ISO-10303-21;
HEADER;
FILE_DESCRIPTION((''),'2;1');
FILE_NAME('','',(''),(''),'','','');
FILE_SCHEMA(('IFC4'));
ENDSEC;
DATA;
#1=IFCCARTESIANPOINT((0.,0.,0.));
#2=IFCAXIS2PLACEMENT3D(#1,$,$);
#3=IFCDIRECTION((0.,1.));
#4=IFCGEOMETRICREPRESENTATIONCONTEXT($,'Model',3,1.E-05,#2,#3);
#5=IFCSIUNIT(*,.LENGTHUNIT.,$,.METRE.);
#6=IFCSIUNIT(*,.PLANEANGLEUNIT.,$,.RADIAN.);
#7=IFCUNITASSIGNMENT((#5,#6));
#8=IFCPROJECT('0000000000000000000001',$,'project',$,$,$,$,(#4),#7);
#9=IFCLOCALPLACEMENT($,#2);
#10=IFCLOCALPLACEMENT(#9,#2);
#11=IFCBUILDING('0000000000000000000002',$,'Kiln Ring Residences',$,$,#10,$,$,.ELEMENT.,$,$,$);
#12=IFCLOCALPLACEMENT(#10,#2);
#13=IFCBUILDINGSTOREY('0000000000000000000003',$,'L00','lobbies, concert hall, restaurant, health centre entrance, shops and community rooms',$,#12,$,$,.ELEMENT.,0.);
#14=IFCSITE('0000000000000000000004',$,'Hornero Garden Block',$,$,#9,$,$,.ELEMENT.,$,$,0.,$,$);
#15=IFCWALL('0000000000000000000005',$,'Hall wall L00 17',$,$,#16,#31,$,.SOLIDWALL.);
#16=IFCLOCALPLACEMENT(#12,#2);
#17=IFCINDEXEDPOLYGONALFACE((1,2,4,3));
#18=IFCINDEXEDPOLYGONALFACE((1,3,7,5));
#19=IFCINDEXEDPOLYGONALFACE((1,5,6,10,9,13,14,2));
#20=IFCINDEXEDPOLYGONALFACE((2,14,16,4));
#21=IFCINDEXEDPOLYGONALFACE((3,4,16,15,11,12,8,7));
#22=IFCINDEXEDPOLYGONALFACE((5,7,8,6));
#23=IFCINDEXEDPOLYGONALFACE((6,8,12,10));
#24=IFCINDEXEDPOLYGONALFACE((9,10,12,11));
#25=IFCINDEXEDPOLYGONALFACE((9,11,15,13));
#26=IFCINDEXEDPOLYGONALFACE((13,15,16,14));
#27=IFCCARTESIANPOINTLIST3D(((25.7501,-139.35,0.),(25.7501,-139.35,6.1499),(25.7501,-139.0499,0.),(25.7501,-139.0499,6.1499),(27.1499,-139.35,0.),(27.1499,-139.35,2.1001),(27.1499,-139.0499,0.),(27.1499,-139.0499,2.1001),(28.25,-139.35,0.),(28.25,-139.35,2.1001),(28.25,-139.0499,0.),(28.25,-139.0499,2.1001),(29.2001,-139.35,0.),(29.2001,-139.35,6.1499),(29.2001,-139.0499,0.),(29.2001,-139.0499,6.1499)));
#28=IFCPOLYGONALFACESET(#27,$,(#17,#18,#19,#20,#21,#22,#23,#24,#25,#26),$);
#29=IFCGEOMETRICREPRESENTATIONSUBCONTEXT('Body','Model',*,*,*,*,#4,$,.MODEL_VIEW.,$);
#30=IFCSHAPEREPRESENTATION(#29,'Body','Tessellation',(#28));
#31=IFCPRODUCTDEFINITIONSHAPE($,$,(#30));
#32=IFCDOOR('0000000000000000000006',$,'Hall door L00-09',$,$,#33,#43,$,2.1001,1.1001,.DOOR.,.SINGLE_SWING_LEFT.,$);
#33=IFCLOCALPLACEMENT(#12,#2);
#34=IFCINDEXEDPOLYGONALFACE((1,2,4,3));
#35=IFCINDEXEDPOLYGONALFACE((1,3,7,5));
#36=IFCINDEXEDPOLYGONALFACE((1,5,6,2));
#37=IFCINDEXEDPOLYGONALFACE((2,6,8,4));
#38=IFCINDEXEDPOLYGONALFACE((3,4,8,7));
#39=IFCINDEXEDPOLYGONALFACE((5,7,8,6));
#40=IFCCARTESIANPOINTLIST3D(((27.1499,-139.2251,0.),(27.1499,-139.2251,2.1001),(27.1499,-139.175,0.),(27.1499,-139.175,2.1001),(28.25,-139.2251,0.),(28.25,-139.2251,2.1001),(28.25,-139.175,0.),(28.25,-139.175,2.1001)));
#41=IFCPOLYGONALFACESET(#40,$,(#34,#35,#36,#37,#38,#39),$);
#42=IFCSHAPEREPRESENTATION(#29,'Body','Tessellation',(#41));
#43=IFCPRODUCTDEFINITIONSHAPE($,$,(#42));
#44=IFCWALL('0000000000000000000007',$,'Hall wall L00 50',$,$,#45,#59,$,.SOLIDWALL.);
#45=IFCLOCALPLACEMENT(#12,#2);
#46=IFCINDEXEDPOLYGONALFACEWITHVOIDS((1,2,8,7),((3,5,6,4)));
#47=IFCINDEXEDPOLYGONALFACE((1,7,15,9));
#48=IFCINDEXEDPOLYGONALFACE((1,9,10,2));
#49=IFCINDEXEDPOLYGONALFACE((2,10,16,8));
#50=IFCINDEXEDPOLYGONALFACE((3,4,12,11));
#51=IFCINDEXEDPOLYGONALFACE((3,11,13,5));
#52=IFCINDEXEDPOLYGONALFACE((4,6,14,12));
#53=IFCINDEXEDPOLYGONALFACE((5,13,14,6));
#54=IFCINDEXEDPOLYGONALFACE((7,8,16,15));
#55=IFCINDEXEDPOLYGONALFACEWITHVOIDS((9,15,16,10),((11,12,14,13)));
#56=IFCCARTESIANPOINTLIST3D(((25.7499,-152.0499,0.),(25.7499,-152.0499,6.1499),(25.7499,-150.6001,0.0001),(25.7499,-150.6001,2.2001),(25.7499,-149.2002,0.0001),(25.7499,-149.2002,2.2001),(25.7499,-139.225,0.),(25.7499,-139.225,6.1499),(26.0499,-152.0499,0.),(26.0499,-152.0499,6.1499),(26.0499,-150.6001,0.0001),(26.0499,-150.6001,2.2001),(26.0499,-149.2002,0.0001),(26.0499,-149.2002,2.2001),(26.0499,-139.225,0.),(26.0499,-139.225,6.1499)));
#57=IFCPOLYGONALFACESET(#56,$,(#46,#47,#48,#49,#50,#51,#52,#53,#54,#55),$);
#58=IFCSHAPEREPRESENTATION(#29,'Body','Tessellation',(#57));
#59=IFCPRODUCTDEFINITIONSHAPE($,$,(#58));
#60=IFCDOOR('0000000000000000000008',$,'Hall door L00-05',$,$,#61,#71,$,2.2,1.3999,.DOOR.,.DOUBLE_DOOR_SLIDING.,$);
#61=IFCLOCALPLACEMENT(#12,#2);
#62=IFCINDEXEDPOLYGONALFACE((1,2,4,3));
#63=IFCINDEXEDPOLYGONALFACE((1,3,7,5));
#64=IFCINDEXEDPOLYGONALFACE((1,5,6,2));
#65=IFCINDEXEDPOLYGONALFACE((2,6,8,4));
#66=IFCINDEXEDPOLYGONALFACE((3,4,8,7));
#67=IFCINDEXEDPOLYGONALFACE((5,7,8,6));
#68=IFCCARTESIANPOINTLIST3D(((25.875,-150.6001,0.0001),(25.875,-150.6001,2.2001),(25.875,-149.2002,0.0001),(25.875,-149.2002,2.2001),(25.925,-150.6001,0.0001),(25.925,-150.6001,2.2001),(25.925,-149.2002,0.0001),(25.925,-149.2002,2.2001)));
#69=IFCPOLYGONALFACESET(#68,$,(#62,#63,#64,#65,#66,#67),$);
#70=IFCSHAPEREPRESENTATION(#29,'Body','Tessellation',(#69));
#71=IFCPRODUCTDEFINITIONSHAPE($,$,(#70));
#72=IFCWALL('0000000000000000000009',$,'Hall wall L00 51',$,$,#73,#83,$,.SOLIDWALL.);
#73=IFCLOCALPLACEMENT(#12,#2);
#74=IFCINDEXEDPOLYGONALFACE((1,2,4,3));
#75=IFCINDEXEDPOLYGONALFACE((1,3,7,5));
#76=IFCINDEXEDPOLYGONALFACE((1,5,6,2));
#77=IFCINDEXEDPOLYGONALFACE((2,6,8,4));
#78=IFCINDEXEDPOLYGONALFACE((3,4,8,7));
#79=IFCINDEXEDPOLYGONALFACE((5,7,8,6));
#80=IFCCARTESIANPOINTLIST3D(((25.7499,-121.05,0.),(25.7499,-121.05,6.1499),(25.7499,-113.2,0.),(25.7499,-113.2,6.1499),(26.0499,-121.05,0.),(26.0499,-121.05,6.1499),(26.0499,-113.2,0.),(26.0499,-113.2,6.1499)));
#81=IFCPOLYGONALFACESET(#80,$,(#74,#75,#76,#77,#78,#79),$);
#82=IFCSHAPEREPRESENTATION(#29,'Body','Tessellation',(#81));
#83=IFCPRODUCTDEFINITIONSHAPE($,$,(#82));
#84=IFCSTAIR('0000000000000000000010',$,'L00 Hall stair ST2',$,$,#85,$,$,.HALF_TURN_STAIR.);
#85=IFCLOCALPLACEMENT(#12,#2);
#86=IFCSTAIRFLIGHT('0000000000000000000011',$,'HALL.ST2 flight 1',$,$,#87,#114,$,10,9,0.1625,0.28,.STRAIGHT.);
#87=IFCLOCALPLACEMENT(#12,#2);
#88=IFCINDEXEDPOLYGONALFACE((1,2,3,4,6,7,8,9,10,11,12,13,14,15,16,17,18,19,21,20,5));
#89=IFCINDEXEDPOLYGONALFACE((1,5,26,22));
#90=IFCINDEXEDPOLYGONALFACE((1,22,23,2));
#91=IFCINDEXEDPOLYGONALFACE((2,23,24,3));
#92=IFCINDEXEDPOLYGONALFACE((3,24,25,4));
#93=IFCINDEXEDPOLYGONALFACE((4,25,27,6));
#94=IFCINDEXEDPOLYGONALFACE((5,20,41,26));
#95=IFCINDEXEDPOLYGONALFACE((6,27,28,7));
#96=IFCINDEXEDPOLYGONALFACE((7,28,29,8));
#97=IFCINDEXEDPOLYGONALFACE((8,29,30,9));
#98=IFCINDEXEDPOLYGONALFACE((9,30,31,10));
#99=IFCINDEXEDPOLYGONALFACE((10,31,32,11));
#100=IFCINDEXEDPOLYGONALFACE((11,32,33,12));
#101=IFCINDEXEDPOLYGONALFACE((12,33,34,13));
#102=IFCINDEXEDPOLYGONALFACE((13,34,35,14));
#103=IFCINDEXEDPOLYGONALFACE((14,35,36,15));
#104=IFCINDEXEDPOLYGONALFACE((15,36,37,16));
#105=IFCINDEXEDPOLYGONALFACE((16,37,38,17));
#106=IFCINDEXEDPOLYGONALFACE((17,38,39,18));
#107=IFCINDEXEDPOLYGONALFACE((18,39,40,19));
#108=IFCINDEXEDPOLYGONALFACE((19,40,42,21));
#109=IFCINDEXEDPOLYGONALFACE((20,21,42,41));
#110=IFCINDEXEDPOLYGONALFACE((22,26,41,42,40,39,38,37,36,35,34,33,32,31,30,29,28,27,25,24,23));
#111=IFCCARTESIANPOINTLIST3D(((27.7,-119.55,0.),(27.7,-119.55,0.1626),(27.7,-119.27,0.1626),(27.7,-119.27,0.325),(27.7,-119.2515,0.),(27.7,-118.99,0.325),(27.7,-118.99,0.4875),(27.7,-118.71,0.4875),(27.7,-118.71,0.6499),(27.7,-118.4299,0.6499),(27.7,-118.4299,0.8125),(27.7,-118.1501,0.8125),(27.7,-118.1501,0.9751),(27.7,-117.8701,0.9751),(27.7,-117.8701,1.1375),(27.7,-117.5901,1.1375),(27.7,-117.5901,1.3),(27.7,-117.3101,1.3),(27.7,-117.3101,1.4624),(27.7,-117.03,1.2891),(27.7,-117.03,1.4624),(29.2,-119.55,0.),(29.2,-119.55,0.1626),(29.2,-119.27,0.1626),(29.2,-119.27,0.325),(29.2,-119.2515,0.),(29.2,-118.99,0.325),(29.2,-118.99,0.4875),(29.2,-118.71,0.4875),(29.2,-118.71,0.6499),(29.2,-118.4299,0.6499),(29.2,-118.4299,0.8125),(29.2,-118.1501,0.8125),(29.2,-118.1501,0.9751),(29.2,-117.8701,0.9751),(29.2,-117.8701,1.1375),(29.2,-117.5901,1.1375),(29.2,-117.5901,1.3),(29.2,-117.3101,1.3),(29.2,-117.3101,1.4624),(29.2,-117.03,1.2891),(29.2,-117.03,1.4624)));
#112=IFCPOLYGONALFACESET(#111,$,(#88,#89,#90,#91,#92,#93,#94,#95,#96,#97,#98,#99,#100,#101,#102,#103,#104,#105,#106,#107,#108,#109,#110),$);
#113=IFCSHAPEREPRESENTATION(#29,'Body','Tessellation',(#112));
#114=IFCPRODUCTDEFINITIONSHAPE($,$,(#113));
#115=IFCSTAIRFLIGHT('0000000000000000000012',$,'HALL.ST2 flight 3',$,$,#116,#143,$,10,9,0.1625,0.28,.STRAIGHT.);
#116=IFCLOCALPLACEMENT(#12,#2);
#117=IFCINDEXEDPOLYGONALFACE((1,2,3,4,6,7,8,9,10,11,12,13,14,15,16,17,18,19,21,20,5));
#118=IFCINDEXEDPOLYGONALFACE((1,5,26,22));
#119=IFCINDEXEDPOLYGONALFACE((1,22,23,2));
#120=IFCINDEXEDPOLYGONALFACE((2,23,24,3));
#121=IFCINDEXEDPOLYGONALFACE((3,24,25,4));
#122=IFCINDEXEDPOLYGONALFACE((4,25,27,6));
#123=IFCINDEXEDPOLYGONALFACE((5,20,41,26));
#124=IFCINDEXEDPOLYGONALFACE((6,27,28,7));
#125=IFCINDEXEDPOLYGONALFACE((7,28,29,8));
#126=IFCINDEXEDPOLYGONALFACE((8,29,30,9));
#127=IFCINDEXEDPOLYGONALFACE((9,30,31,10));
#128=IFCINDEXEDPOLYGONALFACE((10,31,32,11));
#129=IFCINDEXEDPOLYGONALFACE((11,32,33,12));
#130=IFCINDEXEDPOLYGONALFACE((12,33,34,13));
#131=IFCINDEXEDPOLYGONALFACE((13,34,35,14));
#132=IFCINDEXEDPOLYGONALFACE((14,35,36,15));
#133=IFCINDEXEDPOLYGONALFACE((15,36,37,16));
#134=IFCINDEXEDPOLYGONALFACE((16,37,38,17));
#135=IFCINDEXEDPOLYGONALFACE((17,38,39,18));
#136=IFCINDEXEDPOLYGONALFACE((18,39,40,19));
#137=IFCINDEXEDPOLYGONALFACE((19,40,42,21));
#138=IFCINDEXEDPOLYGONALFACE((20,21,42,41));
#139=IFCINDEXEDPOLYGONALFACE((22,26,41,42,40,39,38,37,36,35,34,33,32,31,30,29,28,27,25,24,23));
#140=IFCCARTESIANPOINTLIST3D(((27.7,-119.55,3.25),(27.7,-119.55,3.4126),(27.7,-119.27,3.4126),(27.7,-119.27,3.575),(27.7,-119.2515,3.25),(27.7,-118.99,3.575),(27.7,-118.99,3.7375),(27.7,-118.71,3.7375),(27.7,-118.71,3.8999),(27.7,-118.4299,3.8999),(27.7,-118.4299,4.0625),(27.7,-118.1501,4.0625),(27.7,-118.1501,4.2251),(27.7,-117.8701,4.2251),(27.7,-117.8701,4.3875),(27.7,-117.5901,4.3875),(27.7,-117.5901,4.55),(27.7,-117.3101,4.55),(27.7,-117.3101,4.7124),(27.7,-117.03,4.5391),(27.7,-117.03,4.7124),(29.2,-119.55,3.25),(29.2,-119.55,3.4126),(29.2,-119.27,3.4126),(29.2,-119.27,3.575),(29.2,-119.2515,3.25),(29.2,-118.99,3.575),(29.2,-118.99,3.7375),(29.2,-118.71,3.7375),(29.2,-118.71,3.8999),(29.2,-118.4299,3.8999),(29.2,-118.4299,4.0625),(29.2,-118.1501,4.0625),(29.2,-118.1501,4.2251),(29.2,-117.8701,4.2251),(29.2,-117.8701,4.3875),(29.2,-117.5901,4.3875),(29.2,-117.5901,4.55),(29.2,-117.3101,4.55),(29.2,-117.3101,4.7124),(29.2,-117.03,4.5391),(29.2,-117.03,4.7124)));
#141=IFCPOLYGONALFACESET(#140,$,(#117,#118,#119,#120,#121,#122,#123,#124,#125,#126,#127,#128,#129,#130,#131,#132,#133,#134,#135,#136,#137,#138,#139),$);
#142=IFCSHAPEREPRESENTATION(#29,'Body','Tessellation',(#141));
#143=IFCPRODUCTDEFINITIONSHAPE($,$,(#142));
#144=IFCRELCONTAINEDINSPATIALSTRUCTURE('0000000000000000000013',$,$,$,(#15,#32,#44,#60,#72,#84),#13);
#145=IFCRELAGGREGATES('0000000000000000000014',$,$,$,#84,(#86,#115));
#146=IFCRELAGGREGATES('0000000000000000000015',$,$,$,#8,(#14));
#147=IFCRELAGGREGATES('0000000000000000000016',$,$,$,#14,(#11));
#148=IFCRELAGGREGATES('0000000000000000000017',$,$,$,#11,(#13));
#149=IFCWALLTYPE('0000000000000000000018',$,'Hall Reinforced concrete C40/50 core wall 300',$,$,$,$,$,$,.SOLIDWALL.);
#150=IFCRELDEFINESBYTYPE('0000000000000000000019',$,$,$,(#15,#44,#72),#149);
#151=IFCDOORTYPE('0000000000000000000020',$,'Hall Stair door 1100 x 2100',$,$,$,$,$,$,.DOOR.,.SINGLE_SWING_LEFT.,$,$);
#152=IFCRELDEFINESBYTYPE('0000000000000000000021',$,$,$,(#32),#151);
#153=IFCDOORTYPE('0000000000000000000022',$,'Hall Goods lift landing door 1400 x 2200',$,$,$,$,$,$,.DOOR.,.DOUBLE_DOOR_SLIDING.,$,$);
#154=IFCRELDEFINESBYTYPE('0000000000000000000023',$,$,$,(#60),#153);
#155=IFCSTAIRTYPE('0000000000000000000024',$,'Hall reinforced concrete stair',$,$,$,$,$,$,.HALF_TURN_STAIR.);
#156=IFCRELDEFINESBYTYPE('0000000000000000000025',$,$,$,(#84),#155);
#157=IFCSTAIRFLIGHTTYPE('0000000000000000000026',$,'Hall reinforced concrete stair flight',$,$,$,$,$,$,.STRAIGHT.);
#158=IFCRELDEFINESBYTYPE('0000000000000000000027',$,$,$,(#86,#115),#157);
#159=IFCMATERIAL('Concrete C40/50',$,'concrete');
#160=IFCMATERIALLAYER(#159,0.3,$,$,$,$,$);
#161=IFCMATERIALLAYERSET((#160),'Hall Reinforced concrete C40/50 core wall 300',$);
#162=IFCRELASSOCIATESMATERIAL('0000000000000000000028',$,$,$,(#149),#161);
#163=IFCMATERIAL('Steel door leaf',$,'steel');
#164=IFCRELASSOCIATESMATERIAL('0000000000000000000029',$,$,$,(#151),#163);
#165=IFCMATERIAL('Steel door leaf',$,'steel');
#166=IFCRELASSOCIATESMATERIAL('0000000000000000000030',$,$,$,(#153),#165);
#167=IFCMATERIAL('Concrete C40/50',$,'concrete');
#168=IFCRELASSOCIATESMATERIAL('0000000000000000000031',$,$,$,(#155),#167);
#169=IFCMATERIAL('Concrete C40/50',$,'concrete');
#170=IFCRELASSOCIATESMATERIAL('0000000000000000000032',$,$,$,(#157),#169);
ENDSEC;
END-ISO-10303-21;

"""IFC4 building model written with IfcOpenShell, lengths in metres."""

from ifc_helpers import new_model, si_unit, direction, frame, frame_2d, origin, place, context, subcontext, project, spatial, polyline, rectangle, outline, extrude, material, layer, layer_set, type_object, element, fill, aggregate, save


model = new_model("IFC4")

# Units and contexts
model_context = context("Model", 3, precision=1e-05, world=origin(), true_north=direction((0.0, 1.0)))
body_context = subcontext(model_context, "Body", "Model", "MODEL_VIEW")
ifc_project = project(units=[si_unit("LENGTHUNIT", "METRE"), si_unit("PLANEANGLEUNIT", "RADIAN")], contexts=[model_context])

# Site, building, storey
site_placement = place(None, origin())
site = spatial("IfcSite", under=ifc_project, at=site_placement, Name="Hornero Garden Block", CompositionType="ELEMENT", RefElevation=0.0)
building_placement = place(site_placement, origin())
building = spatial("IfcBuilding", under=site, at=building_placement, Name="Kiln Ring Residences", CompositionType="ELEMENT")
storey_placement = place(building_placement, origin())
storey = spatial("IfcBuildingStorey", under=building, at=storey_placement, Name="L00", Description="lobbies, concert hall, restaurant, health centre entrance, shops and community rooms", CompositionType="ELEMENT", Elevation=0.0)

# Shared definitions
ifc_material_1 = material(Name="Concrete C40/50", Category="concrete")
ifc_layer_1 = layer(ifc_material_1, 0.3)
ifc_layer_set_1 = layer_set([ifc_layer_1], Name="Hall Reinforced concrete C40/50 core wall 300")
wall_type_1 = type_object("IfcWallType", Name="Hall Reinforced concrete C40/50 core wall 300", PredefinedType="SOLIDWALL", material=ifc_layer_set_1)

# Walls, openings, doors
wall_1_placement = place(storey_placement, frame((25.75, -139.2, 0.0), z_axis=(0.0, 0.0, 1.0), x_axis=(1.0, 0.0, 0.0)))
wall_1 = element("IfcWall", 1, at=wall_1_placement, inside=storey, type_object=wall_type_1, Name="Hall wall L00 17", PredefinedType="SOLIDWALL", context=body_context, shape_type="SweptSolid", body=[
    extrude(rectangle(XDim=3.45, YDim=0.3, at=frame_2d((1.7251, 0.0))), origin(), (0.0, 0.0, 1.0), 6.1499),
])
opening_1_placement = place(wall_1_placement, frame((1.3999, 0.0, 0.0)))
opening_1 = element("IfcOpeningElement", 2, at=opening_1_placement, cuts=wall_1, PredefinedType="OPENING", context=body_context, shape_type="SweptSolid", body=[
    extrude(rectangle(XDim=1.1001, YDim=2.1001, at=frame_2d((0.55, 1.05))), frame((0.0, 0.1599, 0.0), z_axis=(0.0, -1.0, 0.0), x_axis=(1.0, 0.0, 0.0)), (0.0, 0.0, 1.0), 0.3201),
])
ifc_material_2 = material(Name="Steel door leaf", Category="steel")
door_type_1 = type_object("IfcDoorType", Name="Hall Stair door 1100 x 2100", OperationType="SINGLE_SWING_LEFT", PredefinedType="DOOR", material=ifc_material_2)
door_1_placement = place(opening_1_placement, origin())
door_1 = element("IfcDoor", 3, at=door_1_placement, inside=storey, type_object=door_type_1, Name="Hall door L00-09", OperationType="SINGLE_SWING_LEFT", OverallHeight=2.1001, OverallWidth=1.1001, PredefinedType="DOOR", context=body_context, shape_type="SweptSolid", body=[
    extrude(rectangle(XDim=1.1001, YDim=2.1001, at=frame_2d((0.55, 1.05))), frame((0.0, 0.0249, 0.0), z_axis=(0.0, -1.0, 0.0), x_axis=(1.0, 0.0, 0.0)), (0.0, 0.0, 1.0), 0.05),
])
fill(opening_1, door_1)
wall_2_placement = place(storey_placement, frame((25.8999, -152.05, 0.0), z_axis=(0.0, 0.0, 1.0), x_axis=(0.0, 1.0, 0.0)))
wall_2 = element("IfcWall", 4, at=wall_2_placement, inside=storey, type_object=wall_type_1, Name="Hall wall L00 50", PredefinedType="SOLIDWALL", context=body_context, shape_type="SweptSolid", body=[
    extrude(rectangle(XDim=12.825, YDim=0.3, at=frame_2d((6.4126, 0.0))), origin(), (0.0, 0.0, 1.0), 6.1499),
])
opening_2_placement = place(wall_2_placement, frame((1.45, 0.0, 0.0)))
opening_2 = element("IfcOpeningElement", 5, at=opening_2_placement, cuts=wall_2, PredefinedType="OPENING", context=body_context, shape_type="SweptSolid", body=[
    extrude(rectangle(XDim=1.3999, YDim=2.2, at=frame_2d((0.7, 1.1001))), frame((0.0, 0.1599, 0.0), z_axis=(0.0, -1.0, 0.0), x_axis=(1.0, 0.0, 0.0)), (0.0, 0.0, 1.0), 0.3201),
])
ifc_material_3 = material(Name="Steel door leaf", Category="steel")
door_type_2 = type_object("IfcDoorType", Name="Hall Goods lift landing door 1400 x 2200", OperationType="DOUBLE_DOOR_SLIDING", PredefinedType="DOOR", material=ifc_material_3)
door_2_placement = place(opening_2_placement, origin())
door_2 = element("IfcDoor", 6, at=door_2_placement, inside=storey, type_object=door_type_2, Name="Hall door L00-05", OperationType="DOUBLE_DOOR_SLIDING", OverallHeight=2.2, OverallWidth=1.3999, PredefinedType="DOOR", context=body_context, shape_type="SweptSolid", body=[
    extrude(rectangle(XDim=1.3999, YDim=2.2, at=frame_2d((0.7, 1.1001))), frame((0.0, 0.0249, 0.0), z_axis=(0.0, -1.0, 0.0), x_axis=(1.0, 0.0, 0.0)), (0.0, 0.0, 1.0), 0.05),
])
fill(opening_2, door_2)

# Wall
wall_3_placement = place(storey_placement, frame((25.8999, -121.05, 0.0), z_axis=(0.0, 0.0, 1.0), x_axis=(0.0, 1.0, 0.0)))
element("IfcWall", 7, at=wall_3_placement, inside=storey, type_object=wall_type_1, Name="Hall wall L00 51", PredefinedType="SOLIDWALL", context=body_context, shape_type="SweptSolid", body=[
    extrude(rectangle(XDim=7.8501, YDim=0.3, at=frame_2d((3.925, 0.0))), origin(), (0.0, 0.0, 1.0), 6.1499),
])

# Stair, stair flights
ifc_material_4 = material(Name="Concrete C40/50", Category="concrete")
stair_type = type_object("IfcStairType", Name="Hall reinforced concrete stair", PredefinedType="HALF_TURN_STAIR", material=ifc_material_4)
placement = place(storey_placement, origin())
stair_1 = element("IfcStair", 8, at=placement, inside=storey, type_object=stair_type, Name="L00 Hall stair ST2", PredefinedType="HALF_TURN_STAIR")
ifc_material_5 = material(Name="Concrete C40/50", Category="concrete")
stair_flight_type = type_object("IfcStairFlightType", Name="Hall reinforced concrete stair flight", PredefinedType="STRAIGHT", material=ifc_material_5)
stair_flight_1_placement = place(storey_placement, frame((28.45, -119.55, 0.0), z_axis=(0.0, 0.0, 1.0), x_axis=(0.0, 1.0, 0.0)))
stair_flight_1 = element("IfcStairFlight", 9, at=stair_flight_1_placement, type_object=stair_flight_type, Name="HALL.ST2 flight 1", NumberOfRisers=10, NumberOfTreads=9, PredefinedType="STRAIGHT", RiserHeight=0.1625, TreadLength=0.28, context=body_context, shape_type="SweptSolid", body=[
    extrude(outline(polyline([(0.0, 0.0), (0.0, 0.1626), (0.28, 0.1626), (0.28, 0.325), (0.5601, 0.325), (0.5601, 0.4875), (0.8401, 0.4875), (0.8401, 0.6499), (1.1201, 0.6499), (1.1201, 0.8125), (1.3999, 0.8125), (1.3999, 0.9751), (1.6799, 0.9751), (1.6799, 1.1375), (1.96, 1.1375), (1.96, 1.3), (2.24, 1.3), (2.24, 1.4624), (2.52, 1.4624), (2.52, 1.625), (2.52, 1.2891), (0.2986, 0.0), (0.0, 0.0)])), frame((0.0, 0.75, 0.0), z_axis=(0.0, -1.0, 0.0), x_axis=(1.0, 0.0, 0.0)), (0.0, 0.0, 1.0), 1.5),
])
stair_flight_2_placement = place(storey_placement, frame((28.45, -119.55, 3.25), z_axis=(0.0, 0.0, 1.0), x_axis=(0.0, 1.0, 0.0)))
stair_flight_2 = element("IfcStairFlight", 10, at=stair_flight_2_placement, type_object=stair_flight_type, Name="HALL.ST2 flight 3", NumberOfRisers=10, NumberOfTreads=9, PredefinedType="STRAIGHT", RiserHeight=0.1625, TreadLength=0.28, context=body_context, shape_type="SweptSolid", body=[
    extrude(outline(polyline([(0.0, 0.0), (0.0, 0.1626), (0.28, 0.1626), (0.28, 0.325), (0.5601, 0.325), (0.5601, 0.4875), (0.8401, 0.4875), (0.8401, 0.6499), (1.1201, 0.6499), (1.1201, 0.8125), (1.3999, 0.8125), (1.3999, 0.9751), (1.6799, 0.9751), (1.6799, 1.1375), (1.96, 1.1375), (1.96, 1.3), (2.24, 1.3), (2.24, 1.4624), (2.52, 1.4624), (2.52, 1.625), (2.52, 1.2891), (0.2986, 0.0), (0.0, 0.0)])), frame((0.0, 0.75, 0.0), z_axis=(0.0, -1.0, 0.0), x_axis=(1.0, 0.0, 0.0)), (0.0, 0.0, 1.0), 1.5),
])
aggregate(stair_1, [stair_flight_1, stair_flight_2])

save(model, "model.ifc")
